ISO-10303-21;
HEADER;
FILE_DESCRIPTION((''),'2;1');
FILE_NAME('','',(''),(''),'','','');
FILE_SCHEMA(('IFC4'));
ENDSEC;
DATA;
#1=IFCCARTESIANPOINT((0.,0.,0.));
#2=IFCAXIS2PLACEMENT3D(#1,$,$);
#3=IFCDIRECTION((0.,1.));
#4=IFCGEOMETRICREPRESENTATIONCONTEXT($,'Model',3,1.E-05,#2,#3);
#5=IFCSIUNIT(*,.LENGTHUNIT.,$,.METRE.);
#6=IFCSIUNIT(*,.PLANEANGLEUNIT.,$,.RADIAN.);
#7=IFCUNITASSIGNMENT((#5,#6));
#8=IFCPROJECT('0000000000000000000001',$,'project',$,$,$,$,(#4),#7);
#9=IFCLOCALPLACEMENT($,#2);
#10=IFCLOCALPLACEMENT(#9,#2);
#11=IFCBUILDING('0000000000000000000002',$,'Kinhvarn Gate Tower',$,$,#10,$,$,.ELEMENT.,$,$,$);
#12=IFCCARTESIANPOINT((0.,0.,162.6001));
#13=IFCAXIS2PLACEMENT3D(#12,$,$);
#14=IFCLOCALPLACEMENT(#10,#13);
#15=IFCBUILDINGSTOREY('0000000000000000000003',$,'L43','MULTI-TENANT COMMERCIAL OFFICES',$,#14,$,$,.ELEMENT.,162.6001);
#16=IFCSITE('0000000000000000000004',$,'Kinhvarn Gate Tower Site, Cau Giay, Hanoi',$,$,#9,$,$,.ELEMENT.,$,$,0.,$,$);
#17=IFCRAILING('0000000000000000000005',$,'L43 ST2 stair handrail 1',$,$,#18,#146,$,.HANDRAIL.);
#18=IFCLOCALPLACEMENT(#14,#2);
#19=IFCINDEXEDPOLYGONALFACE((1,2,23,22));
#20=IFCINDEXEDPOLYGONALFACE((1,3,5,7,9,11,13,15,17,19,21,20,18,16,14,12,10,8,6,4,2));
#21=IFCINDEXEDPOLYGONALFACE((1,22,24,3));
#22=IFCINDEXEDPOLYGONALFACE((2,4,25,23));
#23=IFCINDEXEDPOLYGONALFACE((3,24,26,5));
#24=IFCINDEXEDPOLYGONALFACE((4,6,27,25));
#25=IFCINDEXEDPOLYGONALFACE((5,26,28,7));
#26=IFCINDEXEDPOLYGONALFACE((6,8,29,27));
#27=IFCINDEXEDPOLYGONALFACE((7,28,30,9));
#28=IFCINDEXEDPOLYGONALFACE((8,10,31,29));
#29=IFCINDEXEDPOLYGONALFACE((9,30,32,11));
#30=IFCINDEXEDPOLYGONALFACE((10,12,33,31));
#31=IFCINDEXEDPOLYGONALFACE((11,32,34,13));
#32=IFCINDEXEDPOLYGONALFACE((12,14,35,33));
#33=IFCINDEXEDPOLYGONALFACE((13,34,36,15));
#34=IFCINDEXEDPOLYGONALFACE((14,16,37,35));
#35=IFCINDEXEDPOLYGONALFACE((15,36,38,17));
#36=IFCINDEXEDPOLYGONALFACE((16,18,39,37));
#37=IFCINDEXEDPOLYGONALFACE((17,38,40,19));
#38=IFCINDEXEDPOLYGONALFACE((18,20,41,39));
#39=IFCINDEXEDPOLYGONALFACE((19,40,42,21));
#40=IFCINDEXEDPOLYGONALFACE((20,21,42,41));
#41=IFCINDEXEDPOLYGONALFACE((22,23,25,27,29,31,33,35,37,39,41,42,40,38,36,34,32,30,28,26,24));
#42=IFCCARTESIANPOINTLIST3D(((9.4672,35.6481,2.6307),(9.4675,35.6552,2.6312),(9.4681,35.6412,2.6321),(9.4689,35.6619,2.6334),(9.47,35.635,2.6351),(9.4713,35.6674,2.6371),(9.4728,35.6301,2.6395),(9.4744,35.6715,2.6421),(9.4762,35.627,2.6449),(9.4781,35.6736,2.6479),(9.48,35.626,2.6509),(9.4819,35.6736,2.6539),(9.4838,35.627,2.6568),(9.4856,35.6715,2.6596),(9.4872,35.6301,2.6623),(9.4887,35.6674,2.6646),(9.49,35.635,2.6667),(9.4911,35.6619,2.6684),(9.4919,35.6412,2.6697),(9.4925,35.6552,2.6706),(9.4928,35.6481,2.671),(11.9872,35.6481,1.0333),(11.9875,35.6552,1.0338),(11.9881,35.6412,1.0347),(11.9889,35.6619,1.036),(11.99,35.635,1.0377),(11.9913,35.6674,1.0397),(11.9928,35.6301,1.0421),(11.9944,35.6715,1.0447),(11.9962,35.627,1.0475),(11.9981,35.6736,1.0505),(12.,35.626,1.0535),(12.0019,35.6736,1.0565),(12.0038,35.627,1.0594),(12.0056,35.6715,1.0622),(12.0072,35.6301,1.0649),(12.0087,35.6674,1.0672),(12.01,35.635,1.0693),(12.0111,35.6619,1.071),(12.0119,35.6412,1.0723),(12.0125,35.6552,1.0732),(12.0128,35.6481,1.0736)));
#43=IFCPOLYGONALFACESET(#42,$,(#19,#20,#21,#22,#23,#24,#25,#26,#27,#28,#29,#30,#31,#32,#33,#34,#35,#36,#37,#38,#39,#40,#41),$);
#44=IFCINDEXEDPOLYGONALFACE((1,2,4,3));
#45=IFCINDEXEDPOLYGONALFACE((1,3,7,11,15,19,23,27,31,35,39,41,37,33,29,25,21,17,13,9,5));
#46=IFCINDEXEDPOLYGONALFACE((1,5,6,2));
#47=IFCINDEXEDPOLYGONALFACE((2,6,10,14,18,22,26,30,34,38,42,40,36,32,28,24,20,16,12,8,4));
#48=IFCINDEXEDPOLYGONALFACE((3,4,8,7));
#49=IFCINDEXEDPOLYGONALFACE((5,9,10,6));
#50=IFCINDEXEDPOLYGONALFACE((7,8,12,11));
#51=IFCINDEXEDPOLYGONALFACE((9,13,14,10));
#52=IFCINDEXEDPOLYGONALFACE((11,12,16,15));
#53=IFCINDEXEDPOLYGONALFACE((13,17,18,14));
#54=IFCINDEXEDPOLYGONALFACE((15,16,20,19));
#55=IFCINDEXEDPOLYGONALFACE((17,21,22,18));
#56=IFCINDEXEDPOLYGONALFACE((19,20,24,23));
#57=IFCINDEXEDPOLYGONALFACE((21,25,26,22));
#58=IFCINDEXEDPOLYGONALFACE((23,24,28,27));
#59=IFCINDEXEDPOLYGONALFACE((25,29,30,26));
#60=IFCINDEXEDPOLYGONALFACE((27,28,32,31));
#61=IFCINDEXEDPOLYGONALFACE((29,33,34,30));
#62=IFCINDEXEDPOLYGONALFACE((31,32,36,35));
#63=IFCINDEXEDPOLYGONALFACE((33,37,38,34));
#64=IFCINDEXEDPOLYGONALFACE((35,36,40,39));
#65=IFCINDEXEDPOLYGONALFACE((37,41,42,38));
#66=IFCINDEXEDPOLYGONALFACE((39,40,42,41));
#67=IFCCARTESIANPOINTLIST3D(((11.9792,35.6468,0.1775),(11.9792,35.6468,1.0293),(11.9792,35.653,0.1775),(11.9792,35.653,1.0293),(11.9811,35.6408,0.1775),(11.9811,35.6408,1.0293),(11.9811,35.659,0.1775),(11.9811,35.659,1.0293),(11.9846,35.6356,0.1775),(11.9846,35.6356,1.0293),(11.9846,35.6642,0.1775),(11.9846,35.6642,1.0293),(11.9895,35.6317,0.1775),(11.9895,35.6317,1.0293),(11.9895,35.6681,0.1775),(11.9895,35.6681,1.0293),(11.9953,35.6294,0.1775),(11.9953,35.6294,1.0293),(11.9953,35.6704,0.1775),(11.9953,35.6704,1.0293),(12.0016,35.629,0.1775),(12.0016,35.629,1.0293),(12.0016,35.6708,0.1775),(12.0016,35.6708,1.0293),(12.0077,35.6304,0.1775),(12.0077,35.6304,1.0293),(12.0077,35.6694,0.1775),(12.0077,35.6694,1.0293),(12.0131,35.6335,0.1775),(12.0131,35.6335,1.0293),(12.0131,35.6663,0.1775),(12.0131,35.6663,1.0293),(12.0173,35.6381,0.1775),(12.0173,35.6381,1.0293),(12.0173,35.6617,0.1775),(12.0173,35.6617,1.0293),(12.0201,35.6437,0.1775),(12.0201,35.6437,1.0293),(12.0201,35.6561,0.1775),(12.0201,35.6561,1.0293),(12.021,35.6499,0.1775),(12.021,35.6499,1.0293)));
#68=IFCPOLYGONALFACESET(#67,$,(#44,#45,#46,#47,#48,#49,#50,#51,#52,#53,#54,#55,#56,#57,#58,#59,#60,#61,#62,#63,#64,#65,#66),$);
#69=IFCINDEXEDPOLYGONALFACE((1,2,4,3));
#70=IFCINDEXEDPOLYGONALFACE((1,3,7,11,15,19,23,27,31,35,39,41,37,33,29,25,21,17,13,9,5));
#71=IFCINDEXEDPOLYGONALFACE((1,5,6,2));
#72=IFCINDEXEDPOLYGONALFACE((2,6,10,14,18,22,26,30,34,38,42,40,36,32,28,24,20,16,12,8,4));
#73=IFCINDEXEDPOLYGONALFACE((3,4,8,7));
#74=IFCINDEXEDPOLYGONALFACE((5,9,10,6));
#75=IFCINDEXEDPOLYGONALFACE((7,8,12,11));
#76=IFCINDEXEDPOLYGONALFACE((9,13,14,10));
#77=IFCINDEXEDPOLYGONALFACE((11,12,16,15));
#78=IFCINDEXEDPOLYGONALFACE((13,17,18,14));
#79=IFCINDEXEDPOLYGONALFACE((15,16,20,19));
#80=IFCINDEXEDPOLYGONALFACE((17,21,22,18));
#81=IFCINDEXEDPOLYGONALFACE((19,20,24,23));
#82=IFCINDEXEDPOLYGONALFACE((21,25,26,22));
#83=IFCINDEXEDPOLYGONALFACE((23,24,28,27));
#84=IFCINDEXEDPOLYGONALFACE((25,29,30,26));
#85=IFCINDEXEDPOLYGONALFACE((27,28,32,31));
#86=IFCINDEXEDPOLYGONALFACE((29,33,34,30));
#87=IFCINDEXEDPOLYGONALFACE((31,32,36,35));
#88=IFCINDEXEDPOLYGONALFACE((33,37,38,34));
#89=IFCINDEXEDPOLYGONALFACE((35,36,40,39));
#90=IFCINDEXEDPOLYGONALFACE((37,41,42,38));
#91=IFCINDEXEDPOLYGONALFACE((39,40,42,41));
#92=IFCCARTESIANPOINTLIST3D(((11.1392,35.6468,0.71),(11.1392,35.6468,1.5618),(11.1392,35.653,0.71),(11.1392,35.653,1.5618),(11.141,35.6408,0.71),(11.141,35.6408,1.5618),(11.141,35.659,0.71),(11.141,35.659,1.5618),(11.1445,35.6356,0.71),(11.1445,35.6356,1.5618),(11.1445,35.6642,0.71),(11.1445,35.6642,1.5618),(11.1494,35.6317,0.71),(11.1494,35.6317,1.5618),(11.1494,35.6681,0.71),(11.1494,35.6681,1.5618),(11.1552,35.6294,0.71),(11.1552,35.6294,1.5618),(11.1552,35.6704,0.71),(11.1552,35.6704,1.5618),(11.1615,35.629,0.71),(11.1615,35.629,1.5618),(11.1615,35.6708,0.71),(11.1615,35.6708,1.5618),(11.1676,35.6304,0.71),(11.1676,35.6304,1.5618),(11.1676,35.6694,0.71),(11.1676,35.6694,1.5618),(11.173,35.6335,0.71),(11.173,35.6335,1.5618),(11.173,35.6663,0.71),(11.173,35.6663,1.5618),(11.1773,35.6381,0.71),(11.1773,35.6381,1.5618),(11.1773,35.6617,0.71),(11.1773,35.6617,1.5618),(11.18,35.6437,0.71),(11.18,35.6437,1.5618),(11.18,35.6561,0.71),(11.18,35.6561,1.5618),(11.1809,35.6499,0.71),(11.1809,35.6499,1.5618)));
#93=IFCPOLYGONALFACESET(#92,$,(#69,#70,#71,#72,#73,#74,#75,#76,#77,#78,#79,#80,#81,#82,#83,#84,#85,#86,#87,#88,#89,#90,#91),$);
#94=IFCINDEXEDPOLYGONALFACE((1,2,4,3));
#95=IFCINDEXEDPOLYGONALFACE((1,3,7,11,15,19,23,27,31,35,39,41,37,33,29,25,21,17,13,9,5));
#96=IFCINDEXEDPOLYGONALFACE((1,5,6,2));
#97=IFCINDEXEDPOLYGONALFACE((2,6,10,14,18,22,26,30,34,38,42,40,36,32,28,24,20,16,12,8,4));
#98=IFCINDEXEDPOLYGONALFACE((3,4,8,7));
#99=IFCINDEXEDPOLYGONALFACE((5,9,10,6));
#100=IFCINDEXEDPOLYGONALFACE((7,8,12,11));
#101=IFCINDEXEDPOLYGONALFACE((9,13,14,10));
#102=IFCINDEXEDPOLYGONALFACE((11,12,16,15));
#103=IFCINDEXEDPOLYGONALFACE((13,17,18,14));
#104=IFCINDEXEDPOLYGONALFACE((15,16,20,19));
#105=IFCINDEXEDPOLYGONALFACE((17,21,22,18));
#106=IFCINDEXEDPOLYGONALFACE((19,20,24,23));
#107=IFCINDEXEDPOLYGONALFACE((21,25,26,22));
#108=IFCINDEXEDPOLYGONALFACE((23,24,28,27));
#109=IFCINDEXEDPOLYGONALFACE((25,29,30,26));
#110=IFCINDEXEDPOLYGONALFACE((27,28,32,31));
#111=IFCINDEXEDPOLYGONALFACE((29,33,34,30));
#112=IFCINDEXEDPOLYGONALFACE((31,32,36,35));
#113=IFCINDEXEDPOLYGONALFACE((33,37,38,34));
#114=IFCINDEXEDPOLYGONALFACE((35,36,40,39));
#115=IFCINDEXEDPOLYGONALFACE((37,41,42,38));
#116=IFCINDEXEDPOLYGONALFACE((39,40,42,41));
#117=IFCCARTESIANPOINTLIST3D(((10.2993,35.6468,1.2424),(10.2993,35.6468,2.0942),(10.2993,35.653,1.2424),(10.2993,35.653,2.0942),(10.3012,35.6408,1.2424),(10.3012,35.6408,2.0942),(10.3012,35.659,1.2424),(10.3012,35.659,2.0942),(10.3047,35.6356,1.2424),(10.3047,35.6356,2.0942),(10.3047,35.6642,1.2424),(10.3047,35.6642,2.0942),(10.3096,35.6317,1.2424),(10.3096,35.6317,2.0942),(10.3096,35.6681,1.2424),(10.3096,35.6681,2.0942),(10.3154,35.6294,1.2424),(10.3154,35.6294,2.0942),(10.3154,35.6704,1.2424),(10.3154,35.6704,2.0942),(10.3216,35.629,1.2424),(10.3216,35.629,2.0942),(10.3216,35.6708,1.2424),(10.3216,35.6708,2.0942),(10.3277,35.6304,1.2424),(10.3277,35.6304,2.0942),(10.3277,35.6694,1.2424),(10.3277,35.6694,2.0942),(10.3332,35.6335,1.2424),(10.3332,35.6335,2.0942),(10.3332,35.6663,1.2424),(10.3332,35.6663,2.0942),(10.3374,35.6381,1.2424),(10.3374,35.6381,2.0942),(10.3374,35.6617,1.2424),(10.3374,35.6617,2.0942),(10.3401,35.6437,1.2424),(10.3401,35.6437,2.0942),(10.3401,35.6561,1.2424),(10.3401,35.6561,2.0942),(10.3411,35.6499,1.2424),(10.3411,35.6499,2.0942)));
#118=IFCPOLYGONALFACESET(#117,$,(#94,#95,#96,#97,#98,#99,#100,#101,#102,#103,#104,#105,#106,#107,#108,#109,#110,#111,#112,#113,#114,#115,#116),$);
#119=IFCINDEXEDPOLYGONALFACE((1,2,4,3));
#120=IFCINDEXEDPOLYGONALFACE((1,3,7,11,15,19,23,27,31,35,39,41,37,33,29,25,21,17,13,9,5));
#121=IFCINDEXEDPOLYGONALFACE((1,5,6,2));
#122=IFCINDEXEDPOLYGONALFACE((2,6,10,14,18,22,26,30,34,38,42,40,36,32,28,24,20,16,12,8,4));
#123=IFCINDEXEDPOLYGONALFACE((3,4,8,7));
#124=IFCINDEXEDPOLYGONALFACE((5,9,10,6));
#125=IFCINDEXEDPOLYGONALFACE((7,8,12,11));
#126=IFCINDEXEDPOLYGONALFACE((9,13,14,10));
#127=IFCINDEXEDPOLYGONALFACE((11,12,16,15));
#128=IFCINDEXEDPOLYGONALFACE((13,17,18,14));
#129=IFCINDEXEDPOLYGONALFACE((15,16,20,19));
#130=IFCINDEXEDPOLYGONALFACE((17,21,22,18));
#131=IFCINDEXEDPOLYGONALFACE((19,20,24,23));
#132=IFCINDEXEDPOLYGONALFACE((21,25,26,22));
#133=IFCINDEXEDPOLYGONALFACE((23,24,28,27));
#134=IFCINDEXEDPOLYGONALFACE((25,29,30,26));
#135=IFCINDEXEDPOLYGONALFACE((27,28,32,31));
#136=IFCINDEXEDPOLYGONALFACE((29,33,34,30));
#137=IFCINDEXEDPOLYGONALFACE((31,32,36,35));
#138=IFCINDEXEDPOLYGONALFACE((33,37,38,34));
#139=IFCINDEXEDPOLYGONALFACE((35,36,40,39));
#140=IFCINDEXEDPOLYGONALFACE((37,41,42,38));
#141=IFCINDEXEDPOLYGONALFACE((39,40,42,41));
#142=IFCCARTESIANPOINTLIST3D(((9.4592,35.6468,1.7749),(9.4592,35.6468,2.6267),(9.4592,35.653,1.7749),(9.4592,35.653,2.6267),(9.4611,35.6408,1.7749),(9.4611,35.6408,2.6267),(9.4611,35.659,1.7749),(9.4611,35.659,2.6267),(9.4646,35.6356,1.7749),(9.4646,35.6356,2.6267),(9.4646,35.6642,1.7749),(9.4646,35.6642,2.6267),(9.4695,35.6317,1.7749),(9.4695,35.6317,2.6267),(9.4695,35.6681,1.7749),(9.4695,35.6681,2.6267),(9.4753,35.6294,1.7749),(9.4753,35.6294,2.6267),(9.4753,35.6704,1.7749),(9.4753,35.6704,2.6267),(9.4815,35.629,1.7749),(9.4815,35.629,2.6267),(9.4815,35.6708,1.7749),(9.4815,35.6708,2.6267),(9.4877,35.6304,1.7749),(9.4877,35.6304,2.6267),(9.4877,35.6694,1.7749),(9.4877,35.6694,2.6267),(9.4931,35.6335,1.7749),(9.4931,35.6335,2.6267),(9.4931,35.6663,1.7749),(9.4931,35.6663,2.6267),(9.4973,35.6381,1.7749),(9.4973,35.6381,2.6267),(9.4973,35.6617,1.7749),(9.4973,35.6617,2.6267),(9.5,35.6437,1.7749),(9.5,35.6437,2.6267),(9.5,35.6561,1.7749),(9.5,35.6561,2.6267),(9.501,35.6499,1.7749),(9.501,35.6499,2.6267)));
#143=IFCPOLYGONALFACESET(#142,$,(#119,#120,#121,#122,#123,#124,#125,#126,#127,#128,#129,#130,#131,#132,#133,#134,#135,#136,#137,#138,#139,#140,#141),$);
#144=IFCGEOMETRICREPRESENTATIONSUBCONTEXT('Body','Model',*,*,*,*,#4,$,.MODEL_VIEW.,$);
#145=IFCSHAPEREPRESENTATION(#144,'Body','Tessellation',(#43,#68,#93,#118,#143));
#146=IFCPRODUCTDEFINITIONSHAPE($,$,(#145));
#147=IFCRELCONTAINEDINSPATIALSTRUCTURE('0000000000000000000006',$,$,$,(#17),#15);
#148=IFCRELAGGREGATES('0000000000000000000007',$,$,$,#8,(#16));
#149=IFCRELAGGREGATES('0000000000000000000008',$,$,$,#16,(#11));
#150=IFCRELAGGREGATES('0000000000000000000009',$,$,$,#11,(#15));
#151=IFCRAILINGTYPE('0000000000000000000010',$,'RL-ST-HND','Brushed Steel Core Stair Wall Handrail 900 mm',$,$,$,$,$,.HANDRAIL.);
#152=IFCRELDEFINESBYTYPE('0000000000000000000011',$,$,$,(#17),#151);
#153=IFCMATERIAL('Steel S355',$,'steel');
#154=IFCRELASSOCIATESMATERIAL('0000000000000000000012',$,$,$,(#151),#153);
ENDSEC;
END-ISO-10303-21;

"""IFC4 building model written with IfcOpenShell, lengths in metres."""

from ifc_helpers import new_model, si_unit, direction, frame, origin, origin_2d, place, context, subcontext, project, spatial, circle, extrude, material, type_object, element, save


model = new_model("IFC4")

# Units and contexts
model_context = context("Model", 3, precision=1e-05, world=origin(), true_north=direction((0.0, 1.0)))
body_context = subcontext(model_context, "Body", "Model", "MODEL_VIEW")
ifc_project = project(units=[si_unit("LENGTHUNIT", "METRE"), si_unit("PLANEANGLEUNIT", "RADIAN")], contexts=[model_context])

# Site, building, storey
site_placement = place(None, origin())
site = spatial("IfcSite", under=ifc_project, at=site_placement, Name="Kinhvarn Gate Tower Site, Cau Giay, Hanoi", CompositionType="ELEMENT", RefElevation=0.0)
building_placement = place(site_placement, origin())
building = spatial("IfcBuilding", under=site, at=building_placement, Name="Kinhvarn Gate Tower", CompositionType="ELEMENT")
storey_placement = place(building_placement, frame((0.0, 0.0, 162.6001)))
storey = spatial("IfcBuildingStorey", under=building, at=storey_placement, Name="L43", Description="MULTI-TENANT COMMERCIAL OFFICES", CompositionType="ELEMENT", Elevation=162.6001)

# Shared definitions
ifc_material_1 = material(Name="Steel S355", Category="steel")

# Railing
railing_type_1 = type_object("IfcRailingType", Name="RL-ST-HND", Description="Brushed Steel Core Stair Wall Handrail 900 mm", PredefinedType="HANDRAIL", material=ifc_material_1)
railing_1_placement = place(storey_placement, frame((12.0, 35.6499, 0.1775)))
element("IfcRailing", 1, at=railing_1_placement, inside=storey, type_object=railing_type_1, Name="L43 ST2 stair handrail 1", PredefinedType="HANDRAIL", context=body_context, shape_type="SweptSolid", body=[
    extrude(circle(Radius=0.0239, at=origin_2d()), frame((0.0, 0.0, 0.876), z_axis=(-0.844607, 0.0, 0.535387), x_axis=(0.0, -1.0, 0.0)), (0.0, 0.0, 1.0), 2.9836),
    extrude(circle(Radius=0.021, at=origin_2d()), origin(), (0.0, 0.0, 1.0), 0.8518),
    extrude(circle(Radius=0.021, at=origin_2d()), frame((-0.8401, 0.0, 0.5325)), (0.0, 0.0, 1.0), 0.8518),
    extrude(circle(Radius=0.021, at=origin_2d()), frame((-1.6799, 0.0, 1.0649)), (0.0, 0.0, 1.0), 0.8518),
    extrude(circle(Radius=0.021, at=origin_2d()), frame((-2.52, 0.0, 1.5974)), (0.0, 0.0, 1.0), 0.8518),
])

save(model, "model.ifc")
